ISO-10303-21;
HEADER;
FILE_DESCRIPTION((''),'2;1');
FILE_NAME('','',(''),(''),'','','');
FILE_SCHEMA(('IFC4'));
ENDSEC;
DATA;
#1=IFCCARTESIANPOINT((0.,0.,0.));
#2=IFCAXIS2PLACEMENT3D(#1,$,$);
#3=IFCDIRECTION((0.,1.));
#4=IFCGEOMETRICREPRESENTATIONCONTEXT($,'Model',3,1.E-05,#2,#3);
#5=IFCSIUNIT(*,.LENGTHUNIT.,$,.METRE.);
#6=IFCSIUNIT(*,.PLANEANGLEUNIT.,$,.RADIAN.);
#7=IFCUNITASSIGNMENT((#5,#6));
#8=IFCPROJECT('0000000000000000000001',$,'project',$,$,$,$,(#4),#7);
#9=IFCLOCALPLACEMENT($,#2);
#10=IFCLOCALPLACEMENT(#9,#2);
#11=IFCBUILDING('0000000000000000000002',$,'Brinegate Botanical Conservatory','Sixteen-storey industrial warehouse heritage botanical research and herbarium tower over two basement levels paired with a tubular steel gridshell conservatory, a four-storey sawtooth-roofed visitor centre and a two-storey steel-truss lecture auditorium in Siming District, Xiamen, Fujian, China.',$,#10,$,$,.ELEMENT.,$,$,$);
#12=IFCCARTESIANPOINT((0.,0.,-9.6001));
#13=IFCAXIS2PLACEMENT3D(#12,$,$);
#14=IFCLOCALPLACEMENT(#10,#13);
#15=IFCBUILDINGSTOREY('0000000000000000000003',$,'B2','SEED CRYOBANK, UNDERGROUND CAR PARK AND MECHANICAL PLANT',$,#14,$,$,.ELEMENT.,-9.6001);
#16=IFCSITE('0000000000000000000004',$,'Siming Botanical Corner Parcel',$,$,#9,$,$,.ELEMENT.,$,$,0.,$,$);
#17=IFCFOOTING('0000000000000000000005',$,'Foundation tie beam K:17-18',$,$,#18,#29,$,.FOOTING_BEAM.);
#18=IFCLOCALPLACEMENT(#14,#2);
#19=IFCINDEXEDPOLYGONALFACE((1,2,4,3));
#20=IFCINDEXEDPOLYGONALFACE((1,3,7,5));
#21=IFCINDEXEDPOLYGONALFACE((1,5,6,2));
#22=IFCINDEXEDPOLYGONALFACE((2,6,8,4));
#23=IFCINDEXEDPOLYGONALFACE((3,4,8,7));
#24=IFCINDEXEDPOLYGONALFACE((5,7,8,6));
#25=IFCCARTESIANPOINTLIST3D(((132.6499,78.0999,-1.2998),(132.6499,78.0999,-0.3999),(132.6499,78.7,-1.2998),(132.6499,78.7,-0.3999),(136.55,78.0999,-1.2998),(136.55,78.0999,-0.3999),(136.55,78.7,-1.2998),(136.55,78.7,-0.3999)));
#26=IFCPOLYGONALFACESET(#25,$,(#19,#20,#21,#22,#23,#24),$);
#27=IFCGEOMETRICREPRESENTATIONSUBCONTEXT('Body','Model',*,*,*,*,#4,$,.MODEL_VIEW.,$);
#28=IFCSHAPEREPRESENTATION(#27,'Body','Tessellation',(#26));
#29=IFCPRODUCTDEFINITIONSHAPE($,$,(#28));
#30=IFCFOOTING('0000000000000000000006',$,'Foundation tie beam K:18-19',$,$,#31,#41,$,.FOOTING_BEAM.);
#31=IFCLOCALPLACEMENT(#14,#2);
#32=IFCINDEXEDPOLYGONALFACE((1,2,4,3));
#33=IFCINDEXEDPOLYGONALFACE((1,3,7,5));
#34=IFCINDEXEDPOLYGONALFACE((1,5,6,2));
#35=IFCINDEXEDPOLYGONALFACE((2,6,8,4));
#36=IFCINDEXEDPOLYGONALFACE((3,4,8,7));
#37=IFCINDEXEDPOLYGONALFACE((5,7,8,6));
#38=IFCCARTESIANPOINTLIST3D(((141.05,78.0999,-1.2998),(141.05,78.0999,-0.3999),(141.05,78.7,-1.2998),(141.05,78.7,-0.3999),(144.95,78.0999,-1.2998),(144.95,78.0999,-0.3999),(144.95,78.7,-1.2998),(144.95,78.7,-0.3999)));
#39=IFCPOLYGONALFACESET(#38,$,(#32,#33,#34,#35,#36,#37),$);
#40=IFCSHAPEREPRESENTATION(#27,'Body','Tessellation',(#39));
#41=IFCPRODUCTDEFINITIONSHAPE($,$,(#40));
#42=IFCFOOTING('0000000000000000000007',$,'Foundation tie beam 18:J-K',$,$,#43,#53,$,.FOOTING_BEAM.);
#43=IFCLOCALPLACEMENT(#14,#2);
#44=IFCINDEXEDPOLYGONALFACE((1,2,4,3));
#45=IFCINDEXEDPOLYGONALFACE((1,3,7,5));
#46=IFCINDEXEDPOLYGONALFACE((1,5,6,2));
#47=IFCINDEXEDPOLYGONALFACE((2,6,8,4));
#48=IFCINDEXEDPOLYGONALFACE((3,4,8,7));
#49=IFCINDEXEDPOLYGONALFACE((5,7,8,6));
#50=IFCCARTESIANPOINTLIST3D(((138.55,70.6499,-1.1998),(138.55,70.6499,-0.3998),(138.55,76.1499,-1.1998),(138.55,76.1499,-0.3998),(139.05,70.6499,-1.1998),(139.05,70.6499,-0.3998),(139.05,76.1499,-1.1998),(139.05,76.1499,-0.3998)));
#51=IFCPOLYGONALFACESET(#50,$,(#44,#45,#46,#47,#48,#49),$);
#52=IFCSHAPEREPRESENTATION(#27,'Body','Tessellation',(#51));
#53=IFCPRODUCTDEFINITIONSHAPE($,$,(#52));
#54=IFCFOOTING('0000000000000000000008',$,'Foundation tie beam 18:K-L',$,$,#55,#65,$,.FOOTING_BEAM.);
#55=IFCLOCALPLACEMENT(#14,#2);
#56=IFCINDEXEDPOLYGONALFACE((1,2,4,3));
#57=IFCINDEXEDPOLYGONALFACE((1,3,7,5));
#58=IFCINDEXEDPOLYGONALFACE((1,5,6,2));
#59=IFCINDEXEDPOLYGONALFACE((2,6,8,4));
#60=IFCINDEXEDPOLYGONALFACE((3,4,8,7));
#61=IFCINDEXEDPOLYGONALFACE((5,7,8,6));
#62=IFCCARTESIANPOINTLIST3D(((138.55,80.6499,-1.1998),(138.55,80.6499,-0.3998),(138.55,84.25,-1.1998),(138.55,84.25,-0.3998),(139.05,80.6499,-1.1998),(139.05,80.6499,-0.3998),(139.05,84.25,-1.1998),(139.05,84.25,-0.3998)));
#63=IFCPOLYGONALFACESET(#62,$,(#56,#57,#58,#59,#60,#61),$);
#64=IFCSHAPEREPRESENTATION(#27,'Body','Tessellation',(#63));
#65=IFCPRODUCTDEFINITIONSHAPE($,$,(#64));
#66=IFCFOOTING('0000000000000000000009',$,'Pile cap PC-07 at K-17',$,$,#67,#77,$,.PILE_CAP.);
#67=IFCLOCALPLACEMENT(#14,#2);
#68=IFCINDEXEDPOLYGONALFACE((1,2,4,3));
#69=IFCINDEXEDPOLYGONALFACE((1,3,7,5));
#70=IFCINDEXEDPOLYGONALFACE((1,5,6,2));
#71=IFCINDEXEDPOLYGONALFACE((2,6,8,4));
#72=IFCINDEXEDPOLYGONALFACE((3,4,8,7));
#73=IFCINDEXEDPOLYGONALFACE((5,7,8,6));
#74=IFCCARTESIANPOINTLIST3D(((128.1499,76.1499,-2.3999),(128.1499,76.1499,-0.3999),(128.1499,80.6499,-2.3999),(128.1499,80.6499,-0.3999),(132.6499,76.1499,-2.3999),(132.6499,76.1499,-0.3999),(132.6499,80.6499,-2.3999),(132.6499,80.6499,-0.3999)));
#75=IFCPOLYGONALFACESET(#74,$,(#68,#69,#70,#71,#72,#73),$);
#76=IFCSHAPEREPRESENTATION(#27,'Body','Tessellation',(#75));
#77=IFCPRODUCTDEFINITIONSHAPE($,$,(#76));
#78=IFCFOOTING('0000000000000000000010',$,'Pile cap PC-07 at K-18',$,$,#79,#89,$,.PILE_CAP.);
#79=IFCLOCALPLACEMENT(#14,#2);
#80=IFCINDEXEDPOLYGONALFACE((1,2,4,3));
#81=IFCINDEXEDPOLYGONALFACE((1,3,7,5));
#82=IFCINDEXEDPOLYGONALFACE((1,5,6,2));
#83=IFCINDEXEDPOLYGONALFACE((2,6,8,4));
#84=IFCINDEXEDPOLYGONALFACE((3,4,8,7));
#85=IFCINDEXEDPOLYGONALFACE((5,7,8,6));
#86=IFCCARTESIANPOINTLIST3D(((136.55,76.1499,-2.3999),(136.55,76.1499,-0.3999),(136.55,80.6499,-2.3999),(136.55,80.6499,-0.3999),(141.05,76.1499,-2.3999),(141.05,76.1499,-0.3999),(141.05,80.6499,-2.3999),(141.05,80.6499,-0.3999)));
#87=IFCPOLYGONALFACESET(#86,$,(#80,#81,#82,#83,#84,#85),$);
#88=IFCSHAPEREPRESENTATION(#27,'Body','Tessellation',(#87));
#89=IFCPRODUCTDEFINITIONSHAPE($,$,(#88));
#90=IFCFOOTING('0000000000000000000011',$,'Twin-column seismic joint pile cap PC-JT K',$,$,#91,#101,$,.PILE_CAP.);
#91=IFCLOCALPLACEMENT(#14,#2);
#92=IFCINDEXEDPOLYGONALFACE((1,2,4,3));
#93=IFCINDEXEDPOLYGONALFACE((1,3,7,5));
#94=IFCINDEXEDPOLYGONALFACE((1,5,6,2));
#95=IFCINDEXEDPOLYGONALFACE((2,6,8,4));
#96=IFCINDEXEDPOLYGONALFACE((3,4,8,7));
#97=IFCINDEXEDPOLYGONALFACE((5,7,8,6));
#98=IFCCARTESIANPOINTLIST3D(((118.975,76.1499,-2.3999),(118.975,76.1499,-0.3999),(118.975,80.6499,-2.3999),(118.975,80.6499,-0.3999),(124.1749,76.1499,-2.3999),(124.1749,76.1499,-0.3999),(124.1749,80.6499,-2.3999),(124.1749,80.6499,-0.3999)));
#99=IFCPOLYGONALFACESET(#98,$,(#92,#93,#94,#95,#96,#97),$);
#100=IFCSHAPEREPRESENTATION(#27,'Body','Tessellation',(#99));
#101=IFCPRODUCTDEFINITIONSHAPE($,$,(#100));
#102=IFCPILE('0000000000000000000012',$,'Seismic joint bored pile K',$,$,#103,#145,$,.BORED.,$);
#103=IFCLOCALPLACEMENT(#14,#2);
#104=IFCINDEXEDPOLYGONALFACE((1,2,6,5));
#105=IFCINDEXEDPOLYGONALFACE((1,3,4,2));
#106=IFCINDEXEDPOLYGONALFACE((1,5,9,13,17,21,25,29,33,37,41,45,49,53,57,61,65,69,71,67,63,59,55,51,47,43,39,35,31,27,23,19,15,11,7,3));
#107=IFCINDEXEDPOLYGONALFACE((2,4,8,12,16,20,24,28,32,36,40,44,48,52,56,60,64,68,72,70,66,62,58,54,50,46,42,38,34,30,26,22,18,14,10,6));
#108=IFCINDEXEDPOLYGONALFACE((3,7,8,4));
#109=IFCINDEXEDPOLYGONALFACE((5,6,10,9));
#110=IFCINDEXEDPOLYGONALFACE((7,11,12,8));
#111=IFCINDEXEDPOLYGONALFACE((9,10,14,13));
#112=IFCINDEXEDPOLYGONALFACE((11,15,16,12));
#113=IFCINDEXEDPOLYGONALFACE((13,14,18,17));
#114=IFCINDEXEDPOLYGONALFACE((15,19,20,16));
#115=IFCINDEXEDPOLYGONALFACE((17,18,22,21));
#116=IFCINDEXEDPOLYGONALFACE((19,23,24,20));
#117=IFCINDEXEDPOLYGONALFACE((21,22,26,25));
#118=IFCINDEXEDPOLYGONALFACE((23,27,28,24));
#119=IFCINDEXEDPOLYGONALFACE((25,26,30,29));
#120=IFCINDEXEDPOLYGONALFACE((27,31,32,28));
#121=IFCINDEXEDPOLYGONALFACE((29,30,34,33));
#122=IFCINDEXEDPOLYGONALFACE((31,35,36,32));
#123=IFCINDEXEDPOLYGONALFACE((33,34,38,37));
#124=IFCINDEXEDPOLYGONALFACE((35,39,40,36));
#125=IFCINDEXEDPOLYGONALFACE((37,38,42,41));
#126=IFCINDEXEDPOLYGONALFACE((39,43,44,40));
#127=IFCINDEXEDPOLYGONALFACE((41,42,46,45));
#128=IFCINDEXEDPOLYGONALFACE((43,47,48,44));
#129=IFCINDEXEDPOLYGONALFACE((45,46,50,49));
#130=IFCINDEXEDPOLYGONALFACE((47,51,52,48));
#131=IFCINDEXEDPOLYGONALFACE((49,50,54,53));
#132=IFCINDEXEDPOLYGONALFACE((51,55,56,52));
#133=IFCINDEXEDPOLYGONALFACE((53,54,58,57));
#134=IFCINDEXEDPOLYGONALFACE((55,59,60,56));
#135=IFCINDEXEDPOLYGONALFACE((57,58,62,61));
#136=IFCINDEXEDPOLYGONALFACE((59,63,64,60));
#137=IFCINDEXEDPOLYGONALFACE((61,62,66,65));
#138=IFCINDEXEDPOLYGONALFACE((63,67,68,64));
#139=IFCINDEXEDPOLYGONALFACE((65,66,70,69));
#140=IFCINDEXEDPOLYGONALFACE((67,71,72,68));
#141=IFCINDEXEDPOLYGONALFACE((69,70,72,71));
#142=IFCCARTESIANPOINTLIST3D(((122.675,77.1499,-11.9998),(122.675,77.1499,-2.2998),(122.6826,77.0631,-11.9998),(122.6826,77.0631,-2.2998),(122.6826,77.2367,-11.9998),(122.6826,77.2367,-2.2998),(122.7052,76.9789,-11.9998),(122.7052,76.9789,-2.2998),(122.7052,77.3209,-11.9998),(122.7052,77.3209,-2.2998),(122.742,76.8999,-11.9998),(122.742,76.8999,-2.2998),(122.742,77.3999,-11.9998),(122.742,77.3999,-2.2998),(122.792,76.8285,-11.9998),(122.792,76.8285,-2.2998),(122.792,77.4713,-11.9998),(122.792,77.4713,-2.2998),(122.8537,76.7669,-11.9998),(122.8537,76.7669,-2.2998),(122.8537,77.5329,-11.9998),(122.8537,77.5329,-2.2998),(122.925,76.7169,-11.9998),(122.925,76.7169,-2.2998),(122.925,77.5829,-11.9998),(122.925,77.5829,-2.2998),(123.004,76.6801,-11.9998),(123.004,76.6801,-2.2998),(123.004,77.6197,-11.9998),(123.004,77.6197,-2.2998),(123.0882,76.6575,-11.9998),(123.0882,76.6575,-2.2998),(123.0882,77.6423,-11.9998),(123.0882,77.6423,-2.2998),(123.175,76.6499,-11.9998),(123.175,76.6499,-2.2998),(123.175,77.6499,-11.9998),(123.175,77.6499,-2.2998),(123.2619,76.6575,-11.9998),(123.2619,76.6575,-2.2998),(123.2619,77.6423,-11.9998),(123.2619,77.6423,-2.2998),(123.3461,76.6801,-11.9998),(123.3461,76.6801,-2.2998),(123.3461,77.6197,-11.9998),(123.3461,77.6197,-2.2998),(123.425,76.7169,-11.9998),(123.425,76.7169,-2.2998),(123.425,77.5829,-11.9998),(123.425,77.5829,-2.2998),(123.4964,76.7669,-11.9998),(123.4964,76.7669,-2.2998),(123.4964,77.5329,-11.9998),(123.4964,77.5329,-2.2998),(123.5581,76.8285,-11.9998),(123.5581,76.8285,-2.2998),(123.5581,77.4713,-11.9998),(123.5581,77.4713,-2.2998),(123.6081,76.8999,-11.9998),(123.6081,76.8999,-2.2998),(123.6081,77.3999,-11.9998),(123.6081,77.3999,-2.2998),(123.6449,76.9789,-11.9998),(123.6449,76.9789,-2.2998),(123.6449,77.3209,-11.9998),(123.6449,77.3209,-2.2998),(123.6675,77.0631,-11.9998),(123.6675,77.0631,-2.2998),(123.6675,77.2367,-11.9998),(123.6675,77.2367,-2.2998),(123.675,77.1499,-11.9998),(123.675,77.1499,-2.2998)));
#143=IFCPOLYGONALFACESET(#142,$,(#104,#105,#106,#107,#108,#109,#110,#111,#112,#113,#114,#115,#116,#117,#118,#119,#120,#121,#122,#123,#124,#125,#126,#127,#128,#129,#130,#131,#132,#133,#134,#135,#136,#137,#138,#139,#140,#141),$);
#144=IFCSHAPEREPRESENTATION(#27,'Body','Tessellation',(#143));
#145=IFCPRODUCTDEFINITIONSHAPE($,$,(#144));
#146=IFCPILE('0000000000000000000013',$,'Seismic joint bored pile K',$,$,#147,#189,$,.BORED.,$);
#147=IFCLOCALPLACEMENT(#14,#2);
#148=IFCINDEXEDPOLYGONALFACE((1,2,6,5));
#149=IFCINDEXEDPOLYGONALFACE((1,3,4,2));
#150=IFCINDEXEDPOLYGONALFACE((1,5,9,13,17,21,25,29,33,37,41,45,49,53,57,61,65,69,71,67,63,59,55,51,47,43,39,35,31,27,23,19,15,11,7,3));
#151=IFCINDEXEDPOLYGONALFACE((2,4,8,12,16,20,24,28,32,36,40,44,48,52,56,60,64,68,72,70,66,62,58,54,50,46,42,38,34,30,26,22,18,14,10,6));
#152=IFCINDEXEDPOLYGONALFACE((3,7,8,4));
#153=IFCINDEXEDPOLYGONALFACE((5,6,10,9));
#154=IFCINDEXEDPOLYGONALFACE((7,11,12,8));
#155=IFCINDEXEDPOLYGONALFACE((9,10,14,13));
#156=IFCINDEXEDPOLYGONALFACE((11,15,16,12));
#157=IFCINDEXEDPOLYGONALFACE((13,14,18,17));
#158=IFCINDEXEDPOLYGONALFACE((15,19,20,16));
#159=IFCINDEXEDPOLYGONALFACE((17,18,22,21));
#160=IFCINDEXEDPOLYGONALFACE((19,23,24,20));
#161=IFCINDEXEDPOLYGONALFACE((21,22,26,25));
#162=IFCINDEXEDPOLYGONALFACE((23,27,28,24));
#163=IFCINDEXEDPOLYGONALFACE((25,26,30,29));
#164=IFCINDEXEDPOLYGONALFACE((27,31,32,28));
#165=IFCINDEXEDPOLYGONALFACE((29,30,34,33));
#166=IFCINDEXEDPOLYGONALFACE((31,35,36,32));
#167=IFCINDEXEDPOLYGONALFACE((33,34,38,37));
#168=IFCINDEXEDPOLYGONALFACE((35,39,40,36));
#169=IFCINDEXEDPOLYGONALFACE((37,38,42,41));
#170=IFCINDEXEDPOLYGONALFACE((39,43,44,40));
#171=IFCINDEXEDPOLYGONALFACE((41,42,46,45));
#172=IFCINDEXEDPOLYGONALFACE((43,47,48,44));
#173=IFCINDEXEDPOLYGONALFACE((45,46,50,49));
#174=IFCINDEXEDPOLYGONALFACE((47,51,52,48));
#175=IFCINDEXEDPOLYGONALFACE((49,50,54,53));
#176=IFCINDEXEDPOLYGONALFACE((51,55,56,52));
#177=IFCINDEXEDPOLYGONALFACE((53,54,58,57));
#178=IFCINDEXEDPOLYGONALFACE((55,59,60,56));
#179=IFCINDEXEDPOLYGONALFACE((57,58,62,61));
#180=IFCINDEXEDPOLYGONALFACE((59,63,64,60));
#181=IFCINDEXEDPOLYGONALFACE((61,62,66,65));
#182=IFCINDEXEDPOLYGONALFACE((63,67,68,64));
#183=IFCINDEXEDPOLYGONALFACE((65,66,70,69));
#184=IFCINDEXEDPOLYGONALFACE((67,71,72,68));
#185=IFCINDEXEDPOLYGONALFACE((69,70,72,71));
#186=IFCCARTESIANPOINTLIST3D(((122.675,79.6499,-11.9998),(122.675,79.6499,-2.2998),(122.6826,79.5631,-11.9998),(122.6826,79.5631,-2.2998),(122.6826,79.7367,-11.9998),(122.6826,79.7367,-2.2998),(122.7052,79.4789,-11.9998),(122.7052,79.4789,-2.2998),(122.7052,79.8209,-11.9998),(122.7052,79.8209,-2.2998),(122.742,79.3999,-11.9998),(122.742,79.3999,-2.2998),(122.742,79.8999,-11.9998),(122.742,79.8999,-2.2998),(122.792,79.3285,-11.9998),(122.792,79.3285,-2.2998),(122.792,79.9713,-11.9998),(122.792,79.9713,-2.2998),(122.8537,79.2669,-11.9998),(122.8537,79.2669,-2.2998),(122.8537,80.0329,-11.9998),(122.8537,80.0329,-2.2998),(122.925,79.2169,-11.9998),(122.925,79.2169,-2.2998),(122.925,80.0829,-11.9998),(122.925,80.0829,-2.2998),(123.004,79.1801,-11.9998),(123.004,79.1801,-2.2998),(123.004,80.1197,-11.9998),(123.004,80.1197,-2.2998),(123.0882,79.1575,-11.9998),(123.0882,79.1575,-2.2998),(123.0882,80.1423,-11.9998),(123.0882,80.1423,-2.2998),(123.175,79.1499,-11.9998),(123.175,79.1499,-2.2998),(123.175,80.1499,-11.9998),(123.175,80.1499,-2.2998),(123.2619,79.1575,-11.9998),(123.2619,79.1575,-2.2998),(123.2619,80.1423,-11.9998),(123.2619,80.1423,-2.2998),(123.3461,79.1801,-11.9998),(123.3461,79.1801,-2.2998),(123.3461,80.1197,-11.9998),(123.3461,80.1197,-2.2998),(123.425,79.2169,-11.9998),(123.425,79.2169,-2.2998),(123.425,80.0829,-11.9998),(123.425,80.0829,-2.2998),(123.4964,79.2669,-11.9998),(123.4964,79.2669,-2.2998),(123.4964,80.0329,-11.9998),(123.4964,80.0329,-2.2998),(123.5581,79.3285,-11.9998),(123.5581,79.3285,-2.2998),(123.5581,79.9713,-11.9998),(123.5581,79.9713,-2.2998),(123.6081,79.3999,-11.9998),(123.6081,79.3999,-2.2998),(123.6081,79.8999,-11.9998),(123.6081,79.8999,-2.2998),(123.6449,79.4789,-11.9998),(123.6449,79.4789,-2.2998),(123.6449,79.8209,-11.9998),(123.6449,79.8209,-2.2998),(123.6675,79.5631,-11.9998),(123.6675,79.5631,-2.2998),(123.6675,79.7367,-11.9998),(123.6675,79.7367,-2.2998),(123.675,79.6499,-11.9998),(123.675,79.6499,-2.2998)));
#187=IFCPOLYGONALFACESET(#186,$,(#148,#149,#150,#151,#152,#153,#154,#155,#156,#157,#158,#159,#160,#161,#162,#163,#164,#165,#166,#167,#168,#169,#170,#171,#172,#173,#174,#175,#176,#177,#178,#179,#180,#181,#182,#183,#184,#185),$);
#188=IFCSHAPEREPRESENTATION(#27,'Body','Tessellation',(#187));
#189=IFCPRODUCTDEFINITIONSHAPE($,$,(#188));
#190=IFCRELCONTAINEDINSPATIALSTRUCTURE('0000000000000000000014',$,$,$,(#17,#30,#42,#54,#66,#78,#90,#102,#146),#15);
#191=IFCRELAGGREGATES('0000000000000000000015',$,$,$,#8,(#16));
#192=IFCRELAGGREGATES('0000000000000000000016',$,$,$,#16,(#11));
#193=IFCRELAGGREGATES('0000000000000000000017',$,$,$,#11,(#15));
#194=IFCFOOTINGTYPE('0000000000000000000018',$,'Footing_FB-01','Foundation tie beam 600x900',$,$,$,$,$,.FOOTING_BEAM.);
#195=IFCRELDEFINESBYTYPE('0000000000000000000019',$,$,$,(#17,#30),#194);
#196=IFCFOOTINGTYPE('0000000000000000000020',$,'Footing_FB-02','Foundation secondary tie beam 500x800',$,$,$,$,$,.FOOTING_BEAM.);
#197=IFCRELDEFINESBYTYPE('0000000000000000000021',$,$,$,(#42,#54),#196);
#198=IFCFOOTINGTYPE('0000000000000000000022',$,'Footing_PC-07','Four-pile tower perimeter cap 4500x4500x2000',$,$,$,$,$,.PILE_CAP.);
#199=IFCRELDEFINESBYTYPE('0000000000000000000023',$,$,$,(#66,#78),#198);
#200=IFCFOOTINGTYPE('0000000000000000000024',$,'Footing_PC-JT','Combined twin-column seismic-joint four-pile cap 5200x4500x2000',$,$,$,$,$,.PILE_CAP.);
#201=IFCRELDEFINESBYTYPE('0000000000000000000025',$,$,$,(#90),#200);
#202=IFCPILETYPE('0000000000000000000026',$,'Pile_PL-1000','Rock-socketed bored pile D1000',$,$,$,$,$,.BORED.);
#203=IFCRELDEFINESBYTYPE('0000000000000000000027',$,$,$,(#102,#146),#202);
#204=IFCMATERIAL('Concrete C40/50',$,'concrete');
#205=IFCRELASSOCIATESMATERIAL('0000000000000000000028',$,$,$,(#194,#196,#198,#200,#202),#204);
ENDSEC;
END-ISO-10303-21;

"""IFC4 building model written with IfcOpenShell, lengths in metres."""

from ifc_helpers import new_model, si_unit, direction, frame, origin, origin_2d, place, context, subcontext, project, spatial, rectangle, circle, extrude, material, material_profile, profile_set, type_object, element, save


model = new_model("IFC4")

# Units and contexts
model_context = context("Model", 3, precision=1e-05, world=origin(), true_north=direction((0.0, 1.0)))
body_context = subcontext(model_context, "Body", "Model", "MODEL_VIEW")
ifc_project = project(units=[si_unit("LENGTHUNIT", "METRE"), si_unit("PLANEANGLEUNIT", "RADIAN")], contexts=[model_context])

# Site, building, storey
site_placement = place(None, origin())
site = spatial("IfcSite", under=ifc_project, at=site_placement, Name="Siming Botanical Corner Parcel", CompositionType="ELEMENT", RefElevation=0.0)
building_placement = place(site_placement, origin())
building = spatial("IfcBuilding", under=site, at=building_placement, Name="Brinegate Botanical Conservatory", Description="Sixteen-storey industrial warehouse heritage botanical research and herbarium tower over two basement levels paired with a tubular steel gridshell conservatory, a four-storey sawtooth-roofed visitor centre and a two-storey steel-truss lecture auditorium in Siming District, Xiamen, Fujian, China.", CompositionType="ELEMENT")
storey_placement = place(building_placement, frame((0.0, 0.0, -9.6001)))
storey = spatial("IfcBuildingStorey", under=building, at=storey_placement, Name="B2", Description="SEED CRYOBANK, UNDERGROUND CAR PARK AND MECHANICAL PLANT", CompositionType="ELEMENT", Elevation=-9.6001)

# Footings
ifc_material_1 = material(Name="Concrete C40/50", Category="concrete")
ifc_material_profile_1 = material_profile(ifc_material_1, rectangle(XDim=0.6001, YDim=0.8999, at=origin_2d()), Name="RC GB 600x900")
ifc_profile_set_1 = profile_set([ifc_material_profile_1], Name="Concrete C40/50")
footing_type_1 = type_object("IfcFootingType", Name="Footing_FB-01", Description="Foundation tie beam 600x900", PredefinedType="FOOTING_BEAM", material=ifc_profile_set_1)
footing_1_placement = place(storey_placement, frame((132.6499, 78.3999, -0.8499), z_axis=(1.0, 0.0, 0.0), x_axis=(0.0, 1.0, 0.0)))
element("IfcFooting", 1, at=footing_1_placement, inside=storey, type_object=footing_type_1, Name="Foundation tie beam K:17-18", PredefinedType="FOOTING_BEAM", context=body_context, shape_type="SweptSolid", body=[
    extrude(rectangle(XDim=0.6001, YDim=0.8999, at=origin_2d()), origin(), (0.0, 0.0, 1.0), 3.9001),
])
footing_2_placement = place(storey_placement, frame((141.05, 78.3999, -0.8499), z_axis=(1.0, 0.0, 0.0), x_axis=(0.0, 1.0, 0.0)))
element("IfcFooting", 2, at=footing_2_placement, inside=storey, type_object=footing_type_1, Name="Foundation tie beam K:18-19", PredefinedType="FOOTING_BEAM", context=body_context, shape_type="SweptSolid", body=[
    extrude(rectangle(XDim=0.6001, YDim=0.8999, at=origin_2d()), origin(), (0.0, 0.0, 1.0), 3.8999),
])
ifc_material_profile_2 = material_profile(ifc_material_1, rectangle(XDim=0.5, YDim=0.8, at=origin_2d()), Name="RC GB 500x800")
ifc_profile_set_2 = profile_set([ifc_material_profile_2], Name="Concrete C40/50")
footing_type_2 = type_object("IfcFootingType", Name="Footing_FB-02", Description="Foundation secondary tie beam 500x800", PredefinedType="FOOTING_BEAM", material=ifc_profile_set_2)
footing_3_placement = place(storey_placement, frame((138.8, 70.6499, -0.7998), z_axis=(0.0, 1.0, 0.0), x_axis=(-1.0, 0.0, 0.0)))
element("IfcFooting", 3, at=footing_3_placement, inside=storey, type_object=footing_type_2, Name="Foundation tie beam 18:J-K", PredefinedType="FOOTING_BEAM", context=body_context, shape_type="SweptSolid", body=[
    extrude(rectangle(XDim=0.5, YDim=0.8, at=origin_2d()), origin(), (0.0, 0.0, 1.0), 5.5),
])
footing_4_placement = place(storey_placement, frame((138.8, 80.6499, -0.7998), z_axis=(0.0, 1.0, 0.0), x_axis=(-1.0, 0.0, 0.0)))
element("IfcFooting", 4, at=footing_4_placement, inside=storey, type_object=footing_type_2, Name="Foundation tie beam 18:K-L", PredefinedType="FOOTING_BEAM", context=body_context, shape_type="SweptSolid", body=[
    extrude(rectangle(XDim=0.5, YDim=0.8, at=origin_2d()), origin(), (0.0, 0.0, 1.0), 3.6001),
])
footing_type_3 = type_object("IfcFootingType", Name="Footing_PC-07", Description="Four-pile tower perimeter cap 4500x4500x2000", PredefinedType="PILE_CAP", material=ifc_material_1)
for number, where, z_axis, x_axis, name in (
    (5, (130.3999, 78.3999, -2.3999), (0.0, 0.0, 1.0), (1.0, 0.0, 0.0), "Pile cap PC-07 at K-17"),
    (6, (138.8, 78.3999, -2.3999), (0.0, 0.0, 1.0), (1.0, 0.0, 0.0), "Pile cap PC-07 at K-18"),
):
    element("IfcFooting", number, at=place(storey_placement, frame(where, z_axis=z_axis, x_axis=x_axis)), inside=storey, type_object=footing_type_3, Name=name, PredefinedType="PILE_CAP", context=body_context, shape_type="SweptSolid", body=[
        extrude(rectangle(XDim=4.5, YDim=4.5, at=origin_2d()), origin(), (0.0, 0.0, 1.0), 2.0),
    ])
footing_type_4 = type_object("IfcFootingType", Name="Footing_PC-JT", Description="Combined twin-column seismic-joint four-pile cap 5200x4500x2000", PredefinedType="PILE_CAP", material=ifc_material_1)
footing_5_placement = place(storey_placement, frame((121.575, 78.3999, -2.3999), z_axis=(0.0, 0.0, 1.0), x_axis=(1.0, 0.0, 0.0)))
element("IfcFooting", 7, at=footing_5_placement, inside=storey, type_object=footing_type_4, Name="Twin-column seismic joint pile cap PC-JT K", PredefinedType="PILE_CAP", context=body_context, shape_type="SweptSolid", body=[
    extrude(rectangle(XDim=5.2, YDim=4.5, at=origin_2d()), origin(), (0.0, 0.0, 1.0), 2.0),
])

# Piles
ifc_material_profile_3 = material_profile(ifc_material_1, circle(Radius=0.5, at=origin_2d()), Name="PILE D1000")
ifc_profile_set_3 = profile_set([ifc_material_profile_3], Name="Concrete C40/50")
pile_type_1 = type_object("IfcPileType", Name="Pile_PL-1000", Description="Rock-socketed bored pile D1000", PredefinedType="BORED", material=ifc_profile_set_3)
for number, where, z_axis, x_axis, name in (
    (8, (123.175, 77.1499, -2.2998), (0.0, 0.0, -1.0), (1.0, 0.0, 0.0), "Seismic joint bored pile K"),
    (9, (123.175, 79.6499, -2.2998), (0.0, 0.0, -1.0), (1.0, 0.0, 0.0), "Seismic joint bored pile K"),
):
    element("IfcPile", number, at=place(storey_placement, frame(where, z_axis=z_axis, x_axis=x_axis)), inside=storey, type_object=pile_type_1, Name=name, PredefinedType="BORED", context=body_context, shape_type="SweptSolid", body=[
        extrude(circle(Radius=0.5, at=origin_2d()), origin(), (0.0, 0.0, 1.0), 9.7),
    ])

save(model, "model.ifc")
